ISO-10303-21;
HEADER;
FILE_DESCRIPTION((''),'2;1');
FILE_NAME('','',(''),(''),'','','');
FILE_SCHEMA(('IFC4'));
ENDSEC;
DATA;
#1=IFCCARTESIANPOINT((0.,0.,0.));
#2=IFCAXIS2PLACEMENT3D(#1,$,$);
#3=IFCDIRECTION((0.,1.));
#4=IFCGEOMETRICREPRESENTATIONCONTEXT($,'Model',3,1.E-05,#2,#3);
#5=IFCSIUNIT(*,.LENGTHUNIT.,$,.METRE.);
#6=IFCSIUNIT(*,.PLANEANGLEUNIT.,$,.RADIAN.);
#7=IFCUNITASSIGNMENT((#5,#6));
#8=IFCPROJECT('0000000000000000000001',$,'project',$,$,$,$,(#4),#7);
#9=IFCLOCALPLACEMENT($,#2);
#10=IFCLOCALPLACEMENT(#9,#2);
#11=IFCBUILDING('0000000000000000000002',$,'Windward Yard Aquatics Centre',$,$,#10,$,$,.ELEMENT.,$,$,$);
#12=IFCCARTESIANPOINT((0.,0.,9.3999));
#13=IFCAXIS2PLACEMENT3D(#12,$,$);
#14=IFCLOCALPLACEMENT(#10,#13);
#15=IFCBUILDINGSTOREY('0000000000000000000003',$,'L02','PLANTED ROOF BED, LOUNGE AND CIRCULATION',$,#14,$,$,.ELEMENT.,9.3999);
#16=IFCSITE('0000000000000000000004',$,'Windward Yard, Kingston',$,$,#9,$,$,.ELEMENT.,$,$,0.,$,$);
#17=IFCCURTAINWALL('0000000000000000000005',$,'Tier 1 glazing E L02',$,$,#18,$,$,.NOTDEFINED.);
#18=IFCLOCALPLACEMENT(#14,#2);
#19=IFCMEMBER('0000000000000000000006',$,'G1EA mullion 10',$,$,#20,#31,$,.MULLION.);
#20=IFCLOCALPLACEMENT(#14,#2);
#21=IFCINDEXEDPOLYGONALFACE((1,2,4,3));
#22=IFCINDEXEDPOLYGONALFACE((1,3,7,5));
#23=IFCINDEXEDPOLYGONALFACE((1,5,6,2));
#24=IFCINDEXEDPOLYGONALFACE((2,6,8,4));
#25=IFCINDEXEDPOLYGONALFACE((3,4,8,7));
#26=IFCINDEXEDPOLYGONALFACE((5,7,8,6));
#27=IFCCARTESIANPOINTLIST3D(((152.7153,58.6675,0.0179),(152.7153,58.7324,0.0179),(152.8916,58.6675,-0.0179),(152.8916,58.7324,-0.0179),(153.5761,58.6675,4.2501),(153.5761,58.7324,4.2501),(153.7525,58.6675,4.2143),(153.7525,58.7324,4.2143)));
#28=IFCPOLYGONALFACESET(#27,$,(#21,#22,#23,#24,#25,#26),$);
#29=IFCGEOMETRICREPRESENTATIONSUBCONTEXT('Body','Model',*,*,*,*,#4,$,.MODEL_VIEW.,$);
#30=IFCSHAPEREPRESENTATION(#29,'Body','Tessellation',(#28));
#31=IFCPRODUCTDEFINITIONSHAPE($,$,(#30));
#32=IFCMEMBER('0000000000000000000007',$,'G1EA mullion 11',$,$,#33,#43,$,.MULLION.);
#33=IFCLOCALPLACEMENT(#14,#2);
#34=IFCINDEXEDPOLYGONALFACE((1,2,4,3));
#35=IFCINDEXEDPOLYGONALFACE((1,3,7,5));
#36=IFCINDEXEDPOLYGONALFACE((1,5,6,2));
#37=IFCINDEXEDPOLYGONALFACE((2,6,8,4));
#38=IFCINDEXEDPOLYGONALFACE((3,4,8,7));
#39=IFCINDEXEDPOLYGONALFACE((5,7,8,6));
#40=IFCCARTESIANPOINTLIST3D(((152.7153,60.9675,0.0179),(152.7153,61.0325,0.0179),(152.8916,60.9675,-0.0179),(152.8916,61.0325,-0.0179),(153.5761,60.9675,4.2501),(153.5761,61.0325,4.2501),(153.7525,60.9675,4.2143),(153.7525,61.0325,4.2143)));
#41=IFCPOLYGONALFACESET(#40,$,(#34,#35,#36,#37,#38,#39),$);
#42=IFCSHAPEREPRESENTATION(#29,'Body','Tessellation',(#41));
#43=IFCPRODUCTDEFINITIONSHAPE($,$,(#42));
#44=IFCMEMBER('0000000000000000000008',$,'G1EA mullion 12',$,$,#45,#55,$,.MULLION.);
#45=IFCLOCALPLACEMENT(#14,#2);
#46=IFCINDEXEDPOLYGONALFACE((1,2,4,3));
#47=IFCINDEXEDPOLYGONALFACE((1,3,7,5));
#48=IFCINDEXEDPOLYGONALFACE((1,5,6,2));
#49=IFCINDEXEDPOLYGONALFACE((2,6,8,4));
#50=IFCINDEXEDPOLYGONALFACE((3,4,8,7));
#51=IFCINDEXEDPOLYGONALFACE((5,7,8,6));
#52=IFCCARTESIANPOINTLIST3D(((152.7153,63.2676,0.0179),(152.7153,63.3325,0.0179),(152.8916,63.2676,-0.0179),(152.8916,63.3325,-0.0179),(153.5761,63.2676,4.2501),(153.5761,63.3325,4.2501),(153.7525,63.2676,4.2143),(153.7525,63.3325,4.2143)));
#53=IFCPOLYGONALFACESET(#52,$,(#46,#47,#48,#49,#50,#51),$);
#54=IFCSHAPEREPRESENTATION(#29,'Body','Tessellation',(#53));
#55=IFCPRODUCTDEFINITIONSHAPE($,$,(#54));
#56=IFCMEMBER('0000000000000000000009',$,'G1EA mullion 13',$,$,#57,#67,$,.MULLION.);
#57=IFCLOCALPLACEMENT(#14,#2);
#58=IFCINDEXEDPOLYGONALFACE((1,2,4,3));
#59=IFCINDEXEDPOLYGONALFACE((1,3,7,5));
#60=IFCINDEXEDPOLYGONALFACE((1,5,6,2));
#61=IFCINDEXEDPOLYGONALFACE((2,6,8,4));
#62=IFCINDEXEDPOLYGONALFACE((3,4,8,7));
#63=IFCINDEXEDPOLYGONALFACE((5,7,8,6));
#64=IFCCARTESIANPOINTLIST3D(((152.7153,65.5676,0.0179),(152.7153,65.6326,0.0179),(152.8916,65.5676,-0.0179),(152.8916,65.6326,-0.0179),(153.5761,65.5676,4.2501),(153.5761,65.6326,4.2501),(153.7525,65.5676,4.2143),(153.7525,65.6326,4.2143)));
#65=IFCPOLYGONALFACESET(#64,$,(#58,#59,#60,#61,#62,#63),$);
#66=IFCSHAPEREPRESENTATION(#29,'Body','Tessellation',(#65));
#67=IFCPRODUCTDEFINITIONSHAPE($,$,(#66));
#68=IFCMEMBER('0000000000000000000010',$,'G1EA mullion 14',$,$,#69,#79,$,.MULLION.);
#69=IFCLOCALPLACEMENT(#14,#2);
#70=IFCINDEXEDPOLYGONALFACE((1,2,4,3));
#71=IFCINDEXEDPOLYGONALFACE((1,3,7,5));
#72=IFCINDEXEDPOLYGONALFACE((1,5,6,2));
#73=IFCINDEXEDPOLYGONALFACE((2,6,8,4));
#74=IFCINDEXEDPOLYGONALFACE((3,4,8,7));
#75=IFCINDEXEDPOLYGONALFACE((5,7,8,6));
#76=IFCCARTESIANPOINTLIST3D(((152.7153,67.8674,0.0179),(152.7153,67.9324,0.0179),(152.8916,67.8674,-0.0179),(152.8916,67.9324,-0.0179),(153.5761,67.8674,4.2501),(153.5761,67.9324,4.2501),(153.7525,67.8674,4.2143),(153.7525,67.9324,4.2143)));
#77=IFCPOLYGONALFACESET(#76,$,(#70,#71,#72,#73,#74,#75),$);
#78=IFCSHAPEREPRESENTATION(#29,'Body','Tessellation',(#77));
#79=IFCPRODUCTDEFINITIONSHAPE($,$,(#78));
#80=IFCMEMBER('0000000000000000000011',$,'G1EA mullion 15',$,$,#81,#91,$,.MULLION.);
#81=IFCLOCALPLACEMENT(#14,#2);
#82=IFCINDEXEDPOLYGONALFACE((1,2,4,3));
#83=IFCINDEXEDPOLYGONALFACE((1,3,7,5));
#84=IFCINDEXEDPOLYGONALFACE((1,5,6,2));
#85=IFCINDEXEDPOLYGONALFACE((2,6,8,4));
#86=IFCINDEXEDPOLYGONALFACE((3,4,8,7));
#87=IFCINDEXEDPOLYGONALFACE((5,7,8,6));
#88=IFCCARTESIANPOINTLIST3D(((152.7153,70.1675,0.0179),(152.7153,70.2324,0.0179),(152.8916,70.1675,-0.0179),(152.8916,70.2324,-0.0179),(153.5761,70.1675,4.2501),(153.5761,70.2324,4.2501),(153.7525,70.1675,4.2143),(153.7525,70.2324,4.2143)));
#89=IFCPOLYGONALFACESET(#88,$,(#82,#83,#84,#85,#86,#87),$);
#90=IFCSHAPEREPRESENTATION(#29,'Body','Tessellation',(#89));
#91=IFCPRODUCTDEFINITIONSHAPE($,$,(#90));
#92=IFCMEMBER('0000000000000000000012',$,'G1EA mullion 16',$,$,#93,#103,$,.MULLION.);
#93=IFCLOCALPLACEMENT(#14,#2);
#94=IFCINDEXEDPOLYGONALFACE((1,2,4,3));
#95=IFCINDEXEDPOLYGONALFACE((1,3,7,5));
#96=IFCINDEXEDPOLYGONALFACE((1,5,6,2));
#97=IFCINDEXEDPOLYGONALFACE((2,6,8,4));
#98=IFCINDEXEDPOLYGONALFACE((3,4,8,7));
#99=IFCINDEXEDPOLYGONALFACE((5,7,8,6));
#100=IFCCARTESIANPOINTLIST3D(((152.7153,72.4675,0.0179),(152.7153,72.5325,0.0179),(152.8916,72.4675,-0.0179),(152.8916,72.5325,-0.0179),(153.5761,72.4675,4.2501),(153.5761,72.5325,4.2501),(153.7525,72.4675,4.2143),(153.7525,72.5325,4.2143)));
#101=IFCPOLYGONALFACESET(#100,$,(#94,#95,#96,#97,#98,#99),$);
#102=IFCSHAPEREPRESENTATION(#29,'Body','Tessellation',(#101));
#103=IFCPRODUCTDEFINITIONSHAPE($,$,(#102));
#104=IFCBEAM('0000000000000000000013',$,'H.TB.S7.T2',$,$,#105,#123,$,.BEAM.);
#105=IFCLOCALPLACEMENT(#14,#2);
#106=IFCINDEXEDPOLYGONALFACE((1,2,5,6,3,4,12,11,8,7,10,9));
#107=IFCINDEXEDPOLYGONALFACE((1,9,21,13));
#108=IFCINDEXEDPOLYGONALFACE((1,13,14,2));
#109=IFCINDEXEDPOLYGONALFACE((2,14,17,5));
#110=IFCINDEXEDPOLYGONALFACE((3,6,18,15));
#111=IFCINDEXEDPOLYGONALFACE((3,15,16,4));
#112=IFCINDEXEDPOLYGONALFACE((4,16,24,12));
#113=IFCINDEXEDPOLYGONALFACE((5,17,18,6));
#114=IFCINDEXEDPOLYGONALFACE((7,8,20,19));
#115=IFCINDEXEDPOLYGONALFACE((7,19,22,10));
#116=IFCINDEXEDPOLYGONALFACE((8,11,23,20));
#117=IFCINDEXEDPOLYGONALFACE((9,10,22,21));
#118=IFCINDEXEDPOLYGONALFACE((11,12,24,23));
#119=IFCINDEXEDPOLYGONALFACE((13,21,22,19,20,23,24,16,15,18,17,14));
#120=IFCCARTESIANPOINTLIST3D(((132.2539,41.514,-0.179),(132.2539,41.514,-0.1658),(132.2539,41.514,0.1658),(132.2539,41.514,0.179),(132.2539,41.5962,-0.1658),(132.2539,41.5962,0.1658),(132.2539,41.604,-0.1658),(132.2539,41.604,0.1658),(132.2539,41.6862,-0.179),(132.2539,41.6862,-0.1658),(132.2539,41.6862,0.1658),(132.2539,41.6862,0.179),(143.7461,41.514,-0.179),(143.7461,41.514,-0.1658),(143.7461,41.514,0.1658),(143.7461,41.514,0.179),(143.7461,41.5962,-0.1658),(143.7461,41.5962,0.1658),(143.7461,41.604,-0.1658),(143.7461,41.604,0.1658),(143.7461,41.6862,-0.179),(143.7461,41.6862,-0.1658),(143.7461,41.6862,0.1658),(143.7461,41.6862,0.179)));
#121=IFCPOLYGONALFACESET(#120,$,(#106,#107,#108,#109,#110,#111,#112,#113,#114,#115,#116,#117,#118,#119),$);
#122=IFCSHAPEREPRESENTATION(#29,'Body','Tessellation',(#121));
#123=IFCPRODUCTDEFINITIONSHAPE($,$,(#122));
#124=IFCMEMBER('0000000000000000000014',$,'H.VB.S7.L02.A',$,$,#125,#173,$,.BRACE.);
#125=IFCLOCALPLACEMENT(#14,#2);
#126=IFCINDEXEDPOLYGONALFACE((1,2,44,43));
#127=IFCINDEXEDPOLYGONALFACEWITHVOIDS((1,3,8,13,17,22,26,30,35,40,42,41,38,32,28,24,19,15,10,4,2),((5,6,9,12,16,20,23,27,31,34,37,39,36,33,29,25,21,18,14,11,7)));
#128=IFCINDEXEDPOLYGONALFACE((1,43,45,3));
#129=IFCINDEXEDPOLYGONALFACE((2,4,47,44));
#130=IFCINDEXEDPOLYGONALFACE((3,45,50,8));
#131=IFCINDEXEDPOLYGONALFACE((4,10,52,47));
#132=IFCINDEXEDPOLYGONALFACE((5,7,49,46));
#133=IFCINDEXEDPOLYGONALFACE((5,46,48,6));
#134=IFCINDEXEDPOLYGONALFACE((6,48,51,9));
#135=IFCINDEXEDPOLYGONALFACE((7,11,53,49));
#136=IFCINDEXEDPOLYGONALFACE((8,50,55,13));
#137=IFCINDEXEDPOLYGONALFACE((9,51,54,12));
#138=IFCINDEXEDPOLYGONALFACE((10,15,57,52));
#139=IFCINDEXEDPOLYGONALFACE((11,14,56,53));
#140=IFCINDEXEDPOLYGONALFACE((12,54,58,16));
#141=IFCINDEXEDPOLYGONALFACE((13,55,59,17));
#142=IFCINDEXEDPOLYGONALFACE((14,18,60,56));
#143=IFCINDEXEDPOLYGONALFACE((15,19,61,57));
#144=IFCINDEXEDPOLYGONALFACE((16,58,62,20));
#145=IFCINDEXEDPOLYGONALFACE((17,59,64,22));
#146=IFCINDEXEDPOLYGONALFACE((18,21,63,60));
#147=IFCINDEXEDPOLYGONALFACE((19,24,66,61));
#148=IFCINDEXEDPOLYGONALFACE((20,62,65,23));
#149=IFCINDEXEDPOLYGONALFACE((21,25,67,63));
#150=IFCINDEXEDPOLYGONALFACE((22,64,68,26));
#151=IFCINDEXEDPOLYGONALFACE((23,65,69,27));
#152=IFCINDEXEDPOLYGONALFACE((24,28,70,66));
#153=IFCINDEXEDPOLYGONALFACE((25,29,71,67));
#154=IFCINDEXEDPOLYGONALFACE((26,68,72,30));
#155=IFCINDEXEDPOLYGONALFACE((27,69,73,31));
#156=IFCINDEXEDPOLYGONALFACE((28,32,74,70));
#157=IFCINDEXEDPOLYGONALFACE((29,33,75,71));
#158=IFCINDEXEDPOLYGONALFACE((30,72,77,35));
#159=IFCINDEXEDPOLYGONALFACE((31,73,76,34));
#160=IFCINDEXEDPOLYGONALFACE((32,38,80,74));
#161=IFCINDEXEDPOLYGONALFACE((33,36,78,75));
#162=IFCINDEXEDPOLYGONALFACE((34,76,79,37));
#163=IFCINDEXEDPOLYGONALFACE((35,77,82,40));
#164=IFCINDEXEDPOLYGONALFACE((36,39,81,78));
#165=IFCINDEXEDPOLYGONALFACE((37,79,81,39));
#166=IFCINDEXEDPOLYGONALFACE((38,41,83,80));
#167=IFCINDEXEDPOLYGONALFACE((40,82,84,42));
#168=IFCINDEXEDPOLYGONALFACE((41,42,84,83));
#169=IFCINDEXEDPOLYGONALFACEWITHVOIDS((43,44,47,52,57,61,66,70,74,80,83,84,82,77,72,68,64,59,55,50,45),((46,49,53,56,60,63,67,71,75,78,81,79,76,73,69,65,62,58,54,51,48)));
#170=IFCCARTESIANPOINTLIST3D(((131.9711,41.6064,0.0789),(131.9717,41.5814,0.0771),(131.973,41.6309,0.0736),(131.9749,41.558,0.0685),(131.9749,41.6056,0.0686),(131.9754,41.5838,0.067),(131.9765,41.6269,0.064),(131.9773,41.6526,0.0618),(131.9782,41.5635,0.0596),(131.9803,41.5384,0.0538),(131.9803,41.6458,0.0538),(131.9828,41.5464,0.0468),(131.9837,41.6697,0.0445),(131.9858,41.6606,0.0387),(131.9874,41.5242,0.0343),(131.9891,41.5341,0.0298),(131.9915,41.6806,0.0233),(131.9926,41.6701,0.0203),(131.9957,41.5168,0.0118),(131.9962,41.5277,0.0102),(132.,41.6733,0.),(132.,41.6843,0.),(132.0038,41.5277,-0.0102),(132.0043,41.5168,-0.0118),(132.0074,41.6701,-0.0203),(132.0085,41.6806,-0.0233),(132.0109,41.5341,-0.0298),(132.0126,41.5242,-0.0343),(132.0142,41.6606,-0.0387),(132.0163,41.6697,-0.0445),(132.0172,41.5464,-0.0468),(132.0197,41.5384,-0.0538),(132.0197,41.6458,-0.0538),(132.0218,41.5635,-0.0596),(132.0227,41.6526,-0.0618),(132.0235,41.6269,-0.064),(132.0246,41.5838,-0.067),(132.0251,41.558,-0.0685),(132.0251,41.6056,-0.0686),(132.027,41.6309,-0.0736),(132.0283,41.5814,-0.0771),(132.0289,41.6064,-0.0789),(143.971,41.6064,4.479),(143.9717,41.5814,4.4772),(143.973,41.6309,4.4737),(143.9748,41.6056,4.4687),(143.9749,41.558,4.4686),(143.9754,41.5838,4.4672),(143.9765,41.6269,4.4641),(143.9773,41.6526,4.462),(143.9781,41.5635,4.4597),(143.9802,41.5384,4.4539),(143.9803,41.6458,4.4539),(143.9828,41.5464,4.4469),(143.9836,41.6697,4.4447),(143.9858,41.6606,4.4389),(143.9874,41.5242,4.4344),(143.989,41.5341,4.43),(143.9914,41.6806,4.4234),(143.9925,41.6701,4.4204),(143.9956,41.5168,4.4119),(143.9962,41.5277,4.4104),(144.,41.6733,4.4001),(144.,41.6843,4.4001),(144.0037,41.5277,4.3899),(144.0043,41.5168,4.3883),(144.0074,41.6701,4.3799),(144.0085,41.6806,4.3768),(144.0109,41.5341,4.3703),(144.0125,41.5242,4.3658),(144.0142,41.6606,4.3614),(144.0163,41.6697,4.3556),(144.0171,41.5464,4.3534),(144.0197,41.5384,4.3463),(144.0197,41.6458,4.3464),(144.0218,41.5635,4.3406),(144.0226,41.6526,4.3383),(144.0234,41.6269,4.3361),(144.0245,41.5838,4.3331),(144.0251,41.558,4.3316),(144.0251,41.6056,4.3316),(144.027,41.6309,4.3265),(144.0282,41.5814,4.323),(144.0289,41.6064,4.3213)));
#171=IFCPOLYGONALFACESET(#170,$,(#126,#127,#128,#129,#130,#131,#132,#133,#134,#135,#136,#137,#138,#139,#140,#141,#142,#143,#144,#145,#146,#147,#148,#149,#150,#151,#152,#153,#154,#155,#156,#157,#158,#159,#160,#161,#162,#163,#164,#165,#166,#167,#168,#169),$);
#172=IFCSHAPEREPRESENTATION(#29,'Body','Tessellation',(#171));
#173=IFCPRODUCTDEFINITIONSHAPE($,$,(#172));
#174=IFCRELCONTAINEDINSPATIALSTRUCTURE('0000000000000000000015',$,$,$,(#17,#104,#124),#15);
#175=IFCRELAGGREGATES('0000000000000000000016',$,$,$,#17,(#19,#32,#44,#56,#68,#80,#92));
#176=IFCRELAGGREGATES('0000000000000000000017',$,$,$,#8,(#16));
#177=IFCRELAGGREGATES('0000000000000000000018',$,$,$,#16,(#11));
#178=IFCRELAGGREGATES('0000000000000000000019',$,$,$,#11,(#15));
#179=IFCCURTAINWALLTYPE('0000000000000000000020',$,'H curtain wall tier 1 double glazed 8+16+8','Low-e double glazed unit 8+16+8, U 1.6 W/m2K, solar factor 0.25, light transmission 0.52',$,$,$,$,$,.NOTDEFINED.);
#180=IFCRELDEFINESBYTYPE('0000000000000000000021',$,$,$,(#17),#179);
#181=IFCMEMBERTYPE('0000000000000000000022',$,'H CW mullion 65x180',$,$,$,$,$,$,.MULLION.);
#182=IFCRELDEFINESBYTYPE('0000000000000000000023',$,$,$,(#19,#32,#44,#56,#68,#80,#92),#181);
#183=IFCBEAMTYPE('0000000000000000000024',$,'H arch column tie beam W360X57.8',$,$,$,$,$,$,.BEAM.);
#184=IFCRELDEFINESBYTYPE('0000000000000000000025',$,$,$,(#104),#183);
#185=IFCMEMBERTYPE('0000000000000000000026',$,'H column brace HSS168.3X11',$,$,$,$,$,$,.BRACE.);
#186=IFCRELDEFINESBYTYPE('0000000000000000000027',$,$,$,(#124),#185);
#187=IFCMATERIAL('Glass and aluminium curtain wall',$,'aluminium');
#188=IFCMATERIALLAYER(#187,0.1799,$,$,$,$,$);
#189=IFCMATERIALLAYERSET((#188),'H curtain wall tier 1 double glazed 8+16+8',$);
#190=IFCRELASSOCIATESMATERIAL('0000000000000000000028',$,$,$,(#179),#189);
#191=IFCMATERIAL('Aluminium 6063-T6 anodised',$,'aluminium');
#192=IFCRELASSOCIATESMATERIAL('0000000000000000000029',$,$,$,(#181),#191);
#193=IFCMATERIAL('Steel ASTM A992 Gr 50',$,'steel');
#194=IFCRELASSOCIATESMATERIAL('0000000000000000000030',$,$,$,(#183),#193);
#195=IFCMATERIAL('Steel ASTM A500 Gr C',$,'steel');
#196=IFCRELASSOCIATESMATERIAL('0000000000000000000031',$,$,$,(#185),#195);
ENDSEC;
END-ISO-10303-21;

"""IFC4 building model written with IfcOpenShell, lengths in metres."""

from ifc_helpers import new_model, si_unit, direction, frame, origin, origin_2d, place, context, subcontext, project, spatial, rectangle, hollow_circle, i_section, extrude, material, layer, layer_set, material_profile, profile_set, type_object, element, aggregate, save


model = new_model("IFC4")

# Units and contexts
model_context = context("Model", 3, precision=1e-05, world=origin(), true_north=direction((0.0, 1.0)))
body_context = subcontext(model_context, "Body", "Model", "MODEL_VIEW")
ifc_project = project(units=[si_unit("LENGTHUNIT", "METRE"), si_unit("PLANEANGLEUNIT", "RADIAN")], contexts=[model_context])

# Site, building, storey
site_placement = place(None, origin())
site = spatial("IfcSite", under=ifc_project, at=site_placement, Name="Windward Yard, Kingston", CompositionType="ELEMENT", RefElevation=0.0)
building_placement = place(site_placement, origin())
building = spatial("IfcBuilding", under=site, at=building_placement, Name="Windward Yard Aquatics Centre", CompositionType="ELEMENT")
storey_placement = place(building_placement, frame((0.0, 0.0, 9.3999)))
storey = spatial("IfcBuildingStorey", under=building, at=storey_placement, Name="L02", Description="PLANTED ROOF BED, LOUNGE AND CIRCULATION", CompositionType="ELEMENT", Elevation=9.3999)

# Shared definitions
ifc_material_1 = material(Name="Steel ASTM A500 Gr C", Category="steel")

# Curtain wall, members
ifc_material_2 = material(Name="Glass and aluminium curtain wall", Category="aluminium")
ifc_layer_1 = layer(ifc_material_2, 0.1799)
ifc_layer_set_1 = layer_set([ifc_layer_1], Name="H curtain wall tier 1 double glazed 8+16+8")
curtain_wall_type = type_object("IfcCurtainWallType", Name="H curtain wall tier 1 double glazed 8+16+8", Description="Low-e double glazed unit 8+16+8, U 1.6 W/m2K, solar factor 0.25, light transmission 0.52", PredefinedType="NOTDEFINED", material=ifc_layer_set_1)
curtain_wall_placement = place(storey_placement, origin())
curtain_wall = element("IfcCurtainWall", 1, at=curtain_wall_placement, inside=storey, type_object=curtain_wall_type, Name="Tier 1 glazing E L02", PredefinedType="NOTDEFINED")
ifc_material_3 = material(Name="Aluminium 6063-T6 anodised", Category="aluminium")
ifc_material_profile_1 = material_profile(ifc_material_3, rectangle(XDim=0.0649, YDim=0.1799, at=origin_2d()), Name="H CW mullion 65x180")
ifc_profile_set_1 = profile_set([ifc_material_profile_1], Name="Aluminium 6063-T6 anodised")
member_type_1 = type_object("IfcMemberType", Name="H CW mullion 65x180", PredefinedType="MULLION", material=ifc_profile_set_1)
member_1_placement = place(storey_placement, frame((152.8035, 58.7, 0.0), z_axis=(0.199322, 0.0, 0.979934), x_axis=(0.0, 1.0, 0.0)))
member_1 = element("IfcMember", 2, at=member_1_placement, type_object=member_type_1, Name="G1EA mullion 10", PredefinedType="MULLION", context=body_context, shape_type="SweptSolid", body=[
    extrude(rectangle(XDim=0.0649, YDim=0.1799, at=origin_2d()), origin(), (0.0, 0.0, 1.0), 4.3188),
])
member_2_placement = place(storey_placement, frame((152.8035, 61.0, 0.0), z_axis=(0.199322, 0.0, 0.979934), x_axis=(0.0, 1.0, 0.0)))
member_2 = element("IfcMember", 3, at=member_2_placement, type_object=member_type_1, Name="G1EA mullion 11", PredefinedType="MULLION", context=body_context, shape_type="SweptSolid", body=[
    extrude(rectangle(XDim=0.0649, YDim=0.1799, at=origin_2d()), origin(), (0.0, 0.0, 1.0), 4.3188),
])
member_3_placement = place(storey_placement, frame((152.8035, 63.3, 0.0), z_axis=(0.199322, 0.0, 0.979934), x_axis=(0.0, 1.0, 0.0)))
member_3 = element("IfcMember", 4, at=member_3_placement, type_object=member_type_1, Name="G1EA mullion 12", PredefinedType="MULLION", context=body_context, shape_type="SweptSolid", body=[
    extrude(rectangle(XDim=0.0649, YDim=0.1799, at=origin_2d()), origin(), (0.0, 0.0, 1.0), 4.3188),
])
member_4_placement = place(storey_placement, frame((152.8035, 65.6001, 0.0), z_axis=(0.199322, 0.0, 0.979934), x_axis=(0.0, 1.0, 0.0)))
member_4 = element("IfcMember", 5, at=member_4_placement, type_object=member_type_1, Name="G1EA mullion 13", PredefinedType="MULLION", context=body_context, shape_type="SweptSolid", body=[
    extrude(rectangle(XDim=0.0649, YDim=0.1799, at=origin_2d()), origin(), (0.0, 0.0, 1.0), 4.3188),
])
member_5_placement = place(storey_placement, frame((152.8035, 67.8999, 0.0), z_axis=(0.199322, 0.0, 0.979934), x_axis=(0.0, 1.0, 0.0)))
member_5 = element("IfcMember", 6, at=member_5_placement, type_object=member_type_1, Name="G1EA mullion 14", PredefinedType="MULLION", context=body_context, shape_type="SweptSolid", body=[
    extrude(rectangle(XDim=0.0649, YDim=0.1799, at=origin_2d()), origin(), (0.0, 0.0, 1.0), 4.3188),
])
member_6_placement = place(storey_placement, frame((152.8035, 70.2, 0.0), z_axis=(0.199322, 0.0, 0.979934), x_axis=(0.0, 1.0, 0.0)))
member_6 = element("IfcMember", 7, at=member_6_placement, type_object=member_type_1, Name="G1EA mullion 15", PredefinedType="MULLION", context=body_context, shape_type="SweptSolid", body=[
    extrude(rectangle(XDim=0.0649, YDim=0.1799, at=origin_2d()), origin(), (0.0, 0.0, 1.0), 4.3188),
])
member_7_placement = place(storey_placement, frame((152.8035, 72.5, 0.0), z_axis=(0.199322, 0.0, 0.979934), x_axis=(0.0, 1.0, 0.0)))
member_7 = element("IfcMember", 8, at=member_7_placement, type_object=member_type_1, Name="G1EA mullion 16", PredefinedType="MULLION", context=body_context, shape_type="SweptSolid", body=[
    extrude(rectangle(XDim=0.0649, YDim=0.1799, at=origin_2d()), origin(), (0.0, 0.0, 1.0), 4.3188),
])

# Beam
ifc_material_4 = material(Name="Steel ASTM A992 Gr 50", Category="steel")
ifc_material_profile_2 = material_profile(ifc_material_4, i_section(OverallWidth=0.1721, OverallDepth=0.3579, WebThickness=0.0078, FlangeThickness=0.0132, at=origin_2d()), Name="W360X57.8")
ifc_profile_set_2 = profile_set([ifc_material_profile_2], Name="Steel ASTM A992 Gr 50")
beam_type_1 = type_object("IfcBeamType", Name="H arch column tie beam W360X57.8", PredefinedType="BEAM", material=ifc_profile_set_2)
beam_1_placement = place(storey_placement, frame((132.2539, 41.6001, 0.0), z_axis=(1.0, 0.0, 0.0), x_axis=(0.0, 1.0, 0.0)))
element("IfcBeam", 9, at=beam_1_placement, inside=storey, type_object=beam_type_1, Name="H.TB.S7.T2", PredefinedType="BEAM", context=body_context, shape_type="SweptSolid", body=[
    extrude(i_section(OverallWidth=0.1721, OverallDepth=0.3579, WebThickness=0.0078, FlangeThickness=0.0132, at=origin_2d()), origin(), (0.0, 0.0, 1.0), 11.4922),
])

# Member
ifc_material_profile_3 = material_profile(ifc_material_1, hollow_circle(Radius=0.0842, WallThickness=0.011, at=origin_2d()), Name="HSS168.3X11")
ifc_profile_set_3 = profile_set([ifc_material_profile_3], Name="Steel ASTM A500 Gr C")
member_type_2 = type_object("IfcMemberType", Name="H column brace HSS168.3X11", PredefinedType="BRACE", material=ifc_profile_set_3)
member_8_placement = place(storey_placement, frame((132.0, 41.6001, 0.0), z_axis=(0.938873, 0.0, 0.344265), x_axis=(0.0, 1.0, 0.0)))
element("IfcMember", 10, at=member_8_placement, inside=storey, type_object=member_type_2, Name="H.VB.S7.L02.A", PredefinedType="BRACE", context=body_context, shape_type="SweptSolid", body=[
    extrude(hollow_circle(Radius=0.0842, WallThickness=0.011, at=origin_2d()), origin(), (0.0, 0.0, 1.0), 12.7812),
])

aggregate(curtain_wall, [member_1, member_2, member_3, member_4, member_5, member_6, member_7])

save(model, "model.ifc")
